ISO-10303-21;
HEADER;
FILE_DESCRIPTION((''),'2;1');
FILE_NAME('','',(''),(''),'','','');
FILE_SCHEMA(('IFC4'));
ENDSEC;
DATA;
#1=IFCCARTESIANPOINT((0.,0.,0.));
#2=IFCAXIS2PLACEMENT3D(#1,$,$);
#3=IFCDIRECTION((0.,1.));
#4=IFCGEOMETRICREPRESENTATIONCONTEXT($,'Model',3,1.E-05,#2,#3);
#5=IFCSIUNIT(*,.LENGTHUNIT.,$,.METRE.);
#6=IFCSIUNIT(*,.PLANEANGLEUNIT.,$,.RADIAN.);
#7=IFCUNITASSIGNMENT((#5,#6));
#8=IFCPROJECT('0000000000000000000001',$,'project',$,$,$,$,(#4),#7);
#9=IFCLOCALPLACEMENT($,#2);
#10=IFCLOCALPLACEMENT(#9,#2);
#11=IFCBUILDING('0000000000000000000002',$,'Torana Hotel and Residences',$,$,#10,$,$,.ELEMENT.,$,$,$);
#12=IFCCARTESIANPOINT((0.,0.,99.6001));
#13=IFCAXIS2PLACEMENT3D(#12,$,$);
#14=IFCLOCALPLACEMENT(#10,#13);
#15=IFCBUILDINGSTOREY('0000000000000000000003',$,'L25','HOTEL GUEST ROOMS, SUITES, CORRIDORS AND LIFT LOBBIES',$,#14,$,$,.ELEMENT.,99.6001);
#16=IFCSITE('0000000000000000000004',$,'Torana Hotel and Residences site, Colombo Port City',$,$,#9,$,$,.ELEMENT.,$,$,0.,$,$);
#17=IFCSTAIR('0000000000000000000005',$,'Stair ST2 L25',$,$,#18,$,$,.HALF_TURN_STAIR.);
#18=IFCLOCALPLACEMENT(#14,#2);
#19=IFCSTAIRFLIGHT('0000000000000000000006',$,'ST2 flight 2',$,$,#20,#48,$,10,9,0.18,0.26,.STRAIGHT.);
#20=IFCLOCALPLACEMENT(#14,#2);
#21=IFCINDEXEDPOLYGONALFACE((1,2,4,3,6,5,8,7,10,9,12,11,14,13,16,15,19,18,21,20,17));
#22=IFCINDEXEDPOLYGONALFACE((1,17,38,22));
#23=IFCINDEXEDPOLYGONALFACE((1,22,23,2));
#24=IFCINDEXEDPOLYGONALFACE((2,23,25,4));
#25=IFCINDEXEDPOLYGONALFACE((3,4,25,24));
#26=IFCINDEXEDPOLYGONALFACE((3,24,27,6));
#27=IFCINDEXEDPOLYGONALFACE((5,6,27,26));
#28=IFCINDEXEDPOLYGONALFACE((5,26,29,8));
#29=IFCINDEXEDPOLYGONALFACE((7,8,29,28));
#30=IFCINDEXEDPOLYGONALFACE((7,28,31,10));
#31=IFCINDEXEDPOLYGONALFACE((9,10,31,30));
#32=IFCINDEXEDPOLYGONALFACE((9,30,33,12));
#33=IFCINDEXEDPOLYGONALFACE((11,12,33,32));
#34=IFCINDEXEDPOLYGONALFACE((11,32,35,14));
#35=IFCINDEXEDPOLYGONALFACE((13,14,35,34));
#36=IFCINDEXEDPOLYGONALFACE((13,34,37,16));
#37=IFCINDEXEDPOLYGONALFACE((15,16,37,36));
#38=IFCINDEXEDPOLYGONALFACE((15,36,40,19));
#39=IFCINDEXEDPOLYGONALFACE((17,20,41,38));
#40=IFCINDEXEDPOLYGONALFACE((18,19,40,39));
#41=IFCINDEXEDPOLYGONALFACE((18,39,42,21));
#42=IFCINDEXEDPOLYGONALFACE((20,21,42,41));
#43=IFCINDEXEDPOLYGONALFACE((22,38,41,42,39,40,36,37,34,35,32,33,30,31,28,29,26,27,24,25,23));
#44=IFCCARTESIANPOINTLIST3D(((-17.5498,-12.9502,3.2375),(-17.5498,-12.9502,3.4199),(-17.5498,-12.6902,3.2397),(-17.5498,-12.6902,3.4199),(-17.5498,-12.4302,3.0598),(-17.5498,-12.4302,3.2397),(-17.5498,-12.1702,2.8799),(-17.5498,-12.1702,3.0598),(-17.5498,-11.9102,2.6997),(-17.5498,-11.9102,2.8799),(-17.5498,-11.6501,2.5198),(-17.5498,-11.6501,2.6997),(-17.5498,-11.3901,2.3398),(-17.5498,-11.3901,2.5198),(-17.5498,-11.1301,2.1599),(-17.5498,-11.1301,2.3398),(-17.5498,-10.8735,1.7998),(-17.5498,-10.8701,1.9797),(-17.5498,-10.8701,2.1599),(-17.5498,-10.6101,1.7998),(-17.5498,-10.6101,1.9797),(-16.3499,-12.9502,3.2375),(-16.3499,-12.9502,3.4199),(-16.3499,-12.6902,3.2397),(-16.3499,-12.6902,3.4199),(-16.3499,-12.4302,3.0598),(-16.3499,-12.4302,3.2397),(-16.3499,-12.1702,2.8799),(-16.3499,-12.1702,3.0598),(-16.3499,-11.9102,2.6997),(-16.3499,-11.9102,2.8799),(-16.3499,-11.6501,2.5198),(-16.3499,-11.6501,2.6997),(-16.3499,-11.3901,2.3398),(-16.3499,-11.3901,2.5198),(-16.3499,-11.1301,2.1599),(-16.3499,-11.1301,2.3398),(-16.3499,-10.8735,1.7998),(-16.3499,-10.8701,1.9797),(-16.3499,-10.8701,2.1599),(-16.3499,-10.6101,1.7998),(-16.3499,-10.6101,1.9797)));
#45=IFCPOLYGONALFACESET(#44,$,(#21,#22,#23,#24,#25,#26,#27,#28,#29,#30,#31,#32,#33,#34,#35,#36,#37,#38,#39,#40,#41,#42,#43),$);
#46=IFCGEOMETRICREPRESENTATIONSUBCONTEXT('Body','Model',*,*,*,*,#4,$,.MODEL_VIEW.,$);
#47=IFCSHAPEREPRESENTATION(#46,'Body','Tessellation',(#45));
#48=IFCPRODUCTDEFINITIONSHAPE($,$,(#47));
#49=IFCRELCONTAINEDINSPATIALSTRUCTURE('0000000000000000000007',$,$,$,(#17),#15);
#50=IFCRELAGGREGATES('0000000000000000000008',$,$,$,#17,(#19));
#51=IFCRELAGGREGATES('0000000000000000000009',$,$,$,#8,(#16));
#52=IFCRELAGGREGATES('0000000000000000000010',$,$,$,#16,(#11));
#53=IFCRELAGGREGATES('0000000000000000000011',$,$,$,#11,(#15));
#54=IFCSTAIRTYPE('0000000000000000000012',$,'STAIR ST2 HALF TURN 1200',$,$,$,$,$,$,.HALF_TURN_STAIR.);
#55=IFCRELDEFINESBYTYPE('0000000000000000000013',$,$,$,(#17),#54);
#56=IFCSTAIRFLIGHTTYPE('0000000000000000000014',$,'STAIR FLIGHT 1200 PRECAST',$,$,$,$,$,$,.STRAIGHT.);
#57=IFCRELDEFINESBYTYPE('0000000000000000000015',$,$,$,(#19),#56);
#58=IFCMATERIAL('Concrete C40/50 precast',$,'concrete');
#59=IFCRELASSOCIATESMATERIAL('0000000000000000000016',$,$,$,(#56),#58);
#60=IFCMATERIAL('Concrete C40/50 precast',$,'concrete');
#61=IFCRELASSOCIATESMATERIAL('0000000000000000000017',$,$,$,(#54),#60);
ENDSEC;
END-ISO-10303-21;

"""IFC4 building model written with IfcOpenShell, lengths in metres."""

from ifc_helpers import new_model, si_unit, direction, frame, origin, place, context, subcontext, project, spatial, polyline, outline, extrude, material, type_object, element, aggregate, save


model = new_model("IFC4")

# Units and contexts
model_context = context("Model", 3, precision=1e-05, world=origin(), true_north=direction((0.0, 1.0)))
body_context = subcontext(model_context, "Body", "Model", "MODEL_VIEW")
ifc_project = project(units=[si_unit("LENGTHUNIT", "METRE"), si_unit("PLANEANGLEUNIT", "RADIAN")], contexts=[model_context])

# Site, building, storey
site_placement = place(None, origin())
site = spatial("IfcSite", under=ifc_project, at=site_placement, Name="Torana Hotel and Residences site, Colombo Port City", CompositionType="ELEMENT", RefElevation=0.0)
building_placement = place(site_placement, origin())
building = spatial("IfcBuilding", under=site, at=building_placement, Name="Torana Hotel and Residences", CompositionType="ELEMENT")
storey_placement = place(building_placement, frame((0.0, 0.0, 99.6001)))
storey = spatial("IfcBuildingStorey", under=building, at=storey_placement, Name="L25", Description="HOTEL GUEST ROOMS, SUITES, CORRIDORS AND LIFT LOBBIES", CompositionType="ELEMENT", Elevation=99.6001)

# Stair, stair flight
ifc_material_1 = material(Name="Concrete C40/50 precast", Category="concrete")
stair_flight_type = type_object("IfcStairFlightType", Name="STAIR FLIGHT 1200 PRECAST", PredefinedType="STRAIGHT", material=ifc_material_1)
ifc_material_2 = material(Name="Concrete C40/50 precast", Category="concrete")
stair_type_1 = type_object("IfcStairType", Name="STAIR ST2 HALF TURN 1200", PredefinedType="HALF_TURN_STAIR", material=ifc_material_2)
stair_1_placement = place(storey_placement, origin())
stair_1 = element("IfcStair", 1, at=stair_1_placement, inside=storey, type_object=stair_type_1, Name="Stair ST2 L25", PredefinedType="HALF_TURN_STAIR")
stair_flight_1_placement = place(storey_placement, frame((-16.95, -10.6101, 1.7998), z_axis=(0.0, 0.0, 1.0), x_axis=(0.0, -1.0, 0.0)))
stair_flight_1 = element("IfcStairFlight", 2, at=stair_flight_1_placement, type_object=stair_flight_type, Name="ST2 flight 2", NumberOfRisers=10, NumberOfTreads=9, PredefinedType="STRAIGHT", RiserHeight=0.18, TreadLength=0.26, context=body_context, shape_type="SweptSolid", body=[
    extrude(outline(polyline([(0.0, 0.0), (0.0, 0.1799), (0.26, 0.1799), (0.26, 0.3601), (0.52, 0.3601), (0.52, 0.54), (0.78, 0.54), (0.78, 0.72), (1.04, 0.72), (1.04, 0.8999), (1.3, 0.8999), (1.3, 1.0801), (1.5601, 1.0801), (1.5601, 1.26), (1.8201, 1.26), (1.8201, 1.4399), (2.0801, 1.4399), (2.0801, 1.6201), (2.3401, 1.6201), (2.3401, 1.8), (2.3401, 1.4377), (0.2634, 0.0), (0.0, 0.0)])), frame((0.0, 0.6001, 0.0), z_axis=(0.0, -1.0, 0.0), x_axis=(1.0, 0.0, 0.0)), (0.0, 0.0, 1.0), 1.2),
])
aggregate(stair_1, [stair_flight_1])

save(model, "model.ifc")
